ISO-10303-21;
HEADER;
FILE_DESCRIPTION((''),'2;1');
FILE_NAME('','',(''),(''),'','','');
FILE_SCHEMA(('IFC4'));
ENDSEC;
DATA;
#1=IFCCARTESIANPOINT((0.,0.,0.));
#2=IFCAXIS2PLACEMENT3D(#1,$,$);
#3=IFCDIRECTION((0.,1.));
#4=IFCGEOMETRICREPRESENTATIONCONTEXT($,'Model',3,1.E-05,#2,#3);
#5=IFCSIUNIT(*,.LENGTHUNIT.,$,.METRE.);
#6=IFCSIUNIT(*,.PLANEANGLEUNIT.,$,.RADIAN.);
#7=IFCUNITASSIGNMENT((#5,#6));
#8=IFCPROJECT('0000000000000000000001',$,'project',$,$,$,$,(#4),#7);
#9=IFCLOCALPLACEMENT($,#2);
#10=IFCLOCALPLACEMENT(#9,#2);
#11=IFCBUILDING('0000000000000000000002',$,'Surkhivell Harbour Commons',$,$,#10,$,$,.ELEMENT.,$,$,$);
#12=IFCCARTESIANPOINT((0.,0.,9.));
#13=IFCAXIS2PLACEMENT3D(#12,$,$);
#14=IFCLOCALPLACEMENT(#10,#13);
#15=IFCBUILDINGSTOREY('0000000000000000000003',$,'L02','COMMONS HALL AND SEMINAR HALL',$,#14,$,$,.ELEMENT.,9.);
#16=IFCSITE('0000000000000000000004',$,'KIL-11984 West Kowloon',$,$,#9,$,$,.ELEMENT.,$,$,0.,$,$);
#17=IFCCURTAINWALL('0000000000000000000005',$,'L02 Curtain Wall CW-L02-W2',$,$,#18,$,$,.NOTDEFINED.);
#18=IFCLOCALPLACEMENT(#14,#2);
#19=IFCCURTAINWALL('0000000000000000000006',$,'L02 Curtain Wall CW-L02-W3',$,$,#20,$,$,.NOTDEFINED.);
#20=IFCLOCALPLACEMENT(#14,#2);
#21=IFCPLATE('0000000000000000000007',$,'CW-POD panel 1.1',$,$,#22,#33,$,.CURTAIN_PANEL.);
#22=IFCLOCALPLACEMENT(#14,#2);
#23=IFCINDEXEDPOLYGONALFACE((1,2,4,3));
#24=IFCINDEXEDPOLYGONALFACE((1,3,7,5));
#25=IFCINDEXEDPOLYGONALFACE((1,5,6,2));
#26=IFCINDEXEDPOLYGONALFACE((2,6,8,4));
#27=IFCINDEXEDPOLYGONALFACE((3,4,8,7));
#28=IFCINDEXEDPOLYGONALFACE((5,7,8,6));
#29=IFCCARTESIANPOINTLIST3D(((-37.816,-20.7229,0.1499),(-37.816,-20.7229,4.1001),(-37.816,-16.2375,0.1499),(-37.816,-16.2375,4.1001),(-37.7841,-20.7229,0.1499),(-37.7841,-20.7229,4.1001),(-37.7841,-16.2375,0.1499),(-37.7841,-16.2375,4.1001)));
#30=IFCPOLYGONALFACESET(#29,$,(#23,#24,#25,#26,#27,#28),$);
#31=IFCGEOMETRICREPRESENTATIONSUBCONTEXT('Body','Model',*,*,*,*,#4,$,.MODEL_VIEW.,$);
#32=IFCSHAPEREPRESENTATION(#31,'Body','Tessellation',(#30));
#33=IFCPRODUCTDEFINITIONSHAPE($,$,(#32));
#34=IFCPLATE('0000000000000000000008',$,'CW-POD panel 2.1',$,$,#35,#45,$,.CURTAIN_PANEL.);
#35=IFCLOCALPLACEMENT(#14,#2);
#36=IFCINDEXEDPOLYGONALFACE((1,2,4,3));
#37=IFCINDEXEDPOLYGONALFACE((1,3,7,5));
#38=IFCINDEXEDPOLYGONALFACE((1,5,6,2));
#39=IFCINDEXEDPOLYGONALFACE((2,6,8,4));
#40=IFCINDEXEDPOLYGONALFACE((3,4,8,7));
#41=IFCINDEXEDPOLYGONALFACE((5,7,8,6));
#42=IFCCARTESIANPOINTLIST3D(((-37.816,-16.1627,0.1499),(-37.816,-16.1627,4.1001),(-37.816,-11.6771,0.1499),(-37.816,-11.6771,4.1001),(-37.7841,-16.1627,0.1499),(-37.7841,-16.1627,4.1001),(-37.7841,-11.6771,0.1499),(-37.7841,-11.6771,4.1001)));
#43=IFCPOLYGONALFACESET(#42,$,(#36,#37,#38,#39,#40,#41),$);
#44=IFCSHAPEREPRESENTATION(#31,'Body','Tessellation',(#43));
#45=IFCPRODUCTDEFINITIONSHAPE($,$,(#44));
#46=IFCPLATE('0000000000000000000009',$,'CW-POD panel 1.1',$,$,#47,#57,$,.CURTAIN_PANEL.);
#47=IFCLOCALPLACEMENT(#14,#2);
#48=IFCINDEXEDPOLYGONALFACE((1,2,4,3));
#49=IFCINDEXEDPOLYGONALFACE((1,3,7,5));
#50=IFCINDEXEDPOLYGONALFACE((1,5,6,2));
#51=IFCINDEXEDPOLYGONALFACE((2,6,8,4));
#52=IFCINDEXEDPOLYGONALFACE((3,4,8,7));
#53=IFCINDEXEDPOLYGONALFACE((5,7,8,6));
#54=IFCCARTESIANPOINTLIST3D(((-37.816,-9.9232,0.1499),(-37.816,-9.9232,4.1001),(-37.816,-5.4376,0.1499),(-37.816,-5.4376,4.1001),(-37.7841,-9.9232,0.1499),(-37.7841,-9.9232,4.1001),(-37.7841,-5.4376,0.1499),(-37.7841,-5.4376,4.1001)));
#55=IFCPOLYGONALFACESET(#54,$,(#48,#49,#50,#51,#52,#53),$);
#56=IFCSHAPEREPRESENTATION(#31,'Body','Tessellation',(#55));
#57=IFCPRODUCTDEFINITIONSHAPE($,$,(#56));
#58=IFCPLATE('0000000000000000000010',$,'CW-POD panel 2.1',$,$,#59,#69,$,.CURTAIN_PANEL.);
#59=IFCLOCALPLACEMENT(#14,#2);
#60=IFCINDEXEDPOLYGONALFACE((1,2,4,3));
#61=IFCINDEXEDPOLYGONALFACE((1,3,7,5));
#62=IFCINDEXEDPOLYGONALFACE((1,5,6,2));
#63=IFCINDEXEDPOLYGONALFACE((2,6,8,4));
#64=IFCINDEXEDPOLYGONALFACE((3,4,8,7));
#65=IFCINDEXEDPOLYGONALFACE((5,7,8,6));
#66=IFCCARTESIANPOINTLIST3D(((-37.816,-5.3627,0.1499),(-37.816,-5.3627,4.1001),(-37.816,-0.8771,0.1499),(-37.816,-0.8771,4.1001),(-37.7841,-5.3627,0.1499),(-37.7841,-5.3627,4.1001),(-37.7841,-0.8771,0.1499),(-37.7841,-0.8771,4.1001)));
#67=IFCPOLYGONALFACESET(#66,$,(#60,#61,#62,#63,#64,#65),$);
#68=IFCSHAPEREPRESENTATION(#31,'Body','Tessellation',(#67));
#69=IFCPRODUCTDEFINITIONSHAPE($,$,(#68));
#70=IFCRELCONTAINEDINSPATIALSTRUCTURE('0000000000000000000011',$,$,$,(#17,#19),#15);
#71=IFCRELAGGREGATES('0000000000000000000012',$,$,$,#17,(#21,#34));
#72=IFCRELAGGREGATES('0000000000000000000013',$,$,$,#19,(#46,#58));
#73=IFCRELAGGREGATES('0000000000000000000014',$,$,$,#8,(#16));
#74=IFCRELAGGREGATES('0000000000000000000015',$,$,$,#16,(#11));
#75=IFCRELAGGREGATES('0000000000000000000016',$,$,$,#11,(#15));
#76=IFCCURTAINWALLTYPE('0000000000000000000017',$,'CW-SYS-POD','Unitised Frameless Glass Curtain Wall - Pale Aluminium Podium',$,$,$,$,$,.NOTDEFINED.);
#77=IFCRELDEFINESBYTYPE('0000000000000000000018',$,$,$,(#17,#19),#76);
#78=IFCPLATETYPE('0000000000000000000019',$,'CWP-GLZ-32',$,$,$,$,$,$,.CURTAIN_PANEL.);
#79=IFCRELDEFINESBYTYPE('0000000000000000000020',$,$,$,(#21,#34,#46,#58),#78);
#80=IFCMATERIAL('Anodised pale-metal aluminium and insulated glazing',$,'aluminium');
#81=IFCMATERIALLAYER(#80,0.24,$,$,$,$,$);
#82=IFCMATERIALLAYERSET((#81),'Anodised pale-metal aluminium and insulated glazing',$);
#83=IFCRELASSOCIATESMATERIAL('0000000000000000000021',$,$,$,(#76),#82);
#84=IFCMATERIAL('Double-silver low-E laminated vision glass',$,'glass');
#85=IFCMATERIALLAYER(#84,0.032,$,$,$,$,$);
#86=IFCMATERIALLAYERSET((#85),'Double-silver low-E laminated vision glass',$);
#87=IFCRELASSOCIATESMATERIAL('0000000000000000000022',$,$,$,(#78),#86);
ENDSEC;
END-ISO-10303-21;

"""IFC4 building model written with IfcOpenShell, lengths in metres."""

from ifc_helpers import new_model, si_unit, direction, frame, frame_2d, origin, place, context, subcontext, project, spatial, rectangle, extrude, material, layer, layer_set, type_object, element, aggregate, save


model = new_model("IFC4")

# Units and contexts
model_context = context("Model", 3, precision=1e-05, world=origin(), true_north=direction((0.0, 1.0)))
body_context = subcontext(model_context, "Body", "Model", "MODEL_VIEW")
ifc_project = project(units=[si_unit("LENGTHUNIT", "METRE"), si_unit("PLANEANGLEUNIT", "RADIAN")], contexts=[model_context])

# Site, building, storey
site_placement = place(None, origin())
site = spatial("IfcSite", under=ifc_project, at=site_placement, Name="KIL-11984 West Kowloon", CompositionType="ELEMENT", RefElevation=0.0)
building_placement = place(site_placement, origin())
building = spatial("IfcBuilding", under=site, at=building_placement, Name="Surkhivell Harbour Commons", CompositionType="ELEMENT")
storey_placement = place(building_placement, frame((0.0, 0.0, 9.0)))
storey = spatial("IfcBuildingStorey", under=building, at=storey_placement, Name="L02", Description="COMMONS HALL AND SEMINAR HALL", CompositionType="ELEMENT", Elevation=9.0)

# Shared definitions
ifc_material_1 = material(Name="Anodised pale-metal aluminium and insulated glazing", Category="aluminium")
ifc_layer_1 = layer(ifc_material_1, 0.24)
ifc_layer_set_1 = layer_set([ifc_layer_1], Name="Anodised pale-metal aluminium and insulated glazing")
curtain_wall_type = type_object("IfcCurtainWallType", Name="CW-SYS-POD", Description="Unitised Frameless Glass Curtain Wall - Pale Aluminium Podium", PredefinedType="NOTDEFINED", material=ifc_layer_set_1)

# Curtain walls
curtain_wall_1_placement = place(storey_placement, origin())
curtain_wall_1 = element("IfcCurtainWall", 1, at=curtain_wall_1_placement, inside=storey, type_object=curtain_wall_type, Name="L02 Curtain Wall CW-L02-W2", PredefinedType="NOTDEFINED")
curtain_wall_2_placement = place(storey_placement, origin())
curtain_wall_2 = element("IfcCurtainWall", 2, at=curtain_wall_2_placement, inside=storey, type_object=curtain_wall_type, Name="L02 Curtain Wall CW-L02-W3", PredefinedType="NOTDEFINED")

# Plates
ifc_material_2 = material(Name="Double-silver low-E laminated vision glass", Category="glass")
ifc_layer_2 = layer(ifc_material_2, 0.032)
ifc_layer_set_2 = layer_set([ifc_layer_2], Name="Double-silver low-E laminated vision glass")
plate_type = type_object("IfcPlateType", Name="CWP-GLZ-32", PredefinedType="CURTAIN_PANEL", material=ifc_layer_set_2)
plate_1_placement = place(storey_placement, frame((-37.8, -20.7229, 0.1499), z_axis=(0.0, 0.0, 1.0), x_axis=(0.0, 1.0, 0.0)))
plate_1 = element("IfcPlate", 3, at=plate_1_placement, type_object=plate_type, Name="CW-POD panel 1.1", PredefinedType="CURTAIN_PANEL", context=body_context, shape_type="SweptSolid", body=[
    extrude(rectangle(XDim=4.4854, YDim=0.032, at=frame_2d((2.2427, 0.0))), origin(), (0.0, 0.0, 1.0), 3.9502),
])
plate_2_placement = place(storey_placement, frame((-37.8, -16.1626, 0.1499), z_axis=(0.0, 0.0, 1.0), x_axis=(0.0, 1.0, 0.0)))
plate_2 = element("IfcPlate", 4, at=plate_2_placement, type_object=plate_type, Name="CW-POD panel 2.1", PredefinedType="CURTAIN_PANEL", context=body_context, shape_type="SweptSolid", body=[
    extrude(rectangle(XDim=4.4856, YDim=0.032, at=frame_2d((2.2427, 0.0))), origin(), (0.0, 0.0, 1.0), 3.9502),
])
aggregate(curtain_wall_1, [plate_1, plate_2])
plate_3_placement = place(storey_placement, frame((-37.8, -9.9231, 0.1499), z_axis=(0.0, 0.0, 1.0), x_axis=(0.0, 1.0, 0.0)))
plate_3 = element("IfcPlate", 5, at=plate_3_placement, type_object=plate_type, Name="CW-POD panel 1.1", PredefinedType="CURTAIN_PANEL", context=body_context, shape_type="SweptSolid", body=[
    extrude(rectangle(XDim=4.4856, YDim=0.032, at=frame_2d((2.2427, 0.0))), origin(), (0.0, 0.0, 1.0), 3.9502),
])
plate_4_placement = place(storey_placement, frame((-37.8, -5.3625, 0.1499), z_axis=(0.0, 0.0, 1.0), x_axis=(0.0, 1.0, 0.0)))
plate_4 = element("IfcPlate", 6, at=plate_4_placement, type_object=plate_type, Name="CW-POD panel 2.1", PredefinedType="CURTAIN_PANEL", context=body_context, shape_type="SweptSolid", body=[
    extrude(rectangle(XDim=4.4856, YDim=0.032, at=frame_2d((2.2427, 0.0))), origin(), (0.0, 0.0, 1.0), 3.9502),
])
aggregate(curtain_wall_2, [plate_3, plate_4])

save(model, "model.ifc")
